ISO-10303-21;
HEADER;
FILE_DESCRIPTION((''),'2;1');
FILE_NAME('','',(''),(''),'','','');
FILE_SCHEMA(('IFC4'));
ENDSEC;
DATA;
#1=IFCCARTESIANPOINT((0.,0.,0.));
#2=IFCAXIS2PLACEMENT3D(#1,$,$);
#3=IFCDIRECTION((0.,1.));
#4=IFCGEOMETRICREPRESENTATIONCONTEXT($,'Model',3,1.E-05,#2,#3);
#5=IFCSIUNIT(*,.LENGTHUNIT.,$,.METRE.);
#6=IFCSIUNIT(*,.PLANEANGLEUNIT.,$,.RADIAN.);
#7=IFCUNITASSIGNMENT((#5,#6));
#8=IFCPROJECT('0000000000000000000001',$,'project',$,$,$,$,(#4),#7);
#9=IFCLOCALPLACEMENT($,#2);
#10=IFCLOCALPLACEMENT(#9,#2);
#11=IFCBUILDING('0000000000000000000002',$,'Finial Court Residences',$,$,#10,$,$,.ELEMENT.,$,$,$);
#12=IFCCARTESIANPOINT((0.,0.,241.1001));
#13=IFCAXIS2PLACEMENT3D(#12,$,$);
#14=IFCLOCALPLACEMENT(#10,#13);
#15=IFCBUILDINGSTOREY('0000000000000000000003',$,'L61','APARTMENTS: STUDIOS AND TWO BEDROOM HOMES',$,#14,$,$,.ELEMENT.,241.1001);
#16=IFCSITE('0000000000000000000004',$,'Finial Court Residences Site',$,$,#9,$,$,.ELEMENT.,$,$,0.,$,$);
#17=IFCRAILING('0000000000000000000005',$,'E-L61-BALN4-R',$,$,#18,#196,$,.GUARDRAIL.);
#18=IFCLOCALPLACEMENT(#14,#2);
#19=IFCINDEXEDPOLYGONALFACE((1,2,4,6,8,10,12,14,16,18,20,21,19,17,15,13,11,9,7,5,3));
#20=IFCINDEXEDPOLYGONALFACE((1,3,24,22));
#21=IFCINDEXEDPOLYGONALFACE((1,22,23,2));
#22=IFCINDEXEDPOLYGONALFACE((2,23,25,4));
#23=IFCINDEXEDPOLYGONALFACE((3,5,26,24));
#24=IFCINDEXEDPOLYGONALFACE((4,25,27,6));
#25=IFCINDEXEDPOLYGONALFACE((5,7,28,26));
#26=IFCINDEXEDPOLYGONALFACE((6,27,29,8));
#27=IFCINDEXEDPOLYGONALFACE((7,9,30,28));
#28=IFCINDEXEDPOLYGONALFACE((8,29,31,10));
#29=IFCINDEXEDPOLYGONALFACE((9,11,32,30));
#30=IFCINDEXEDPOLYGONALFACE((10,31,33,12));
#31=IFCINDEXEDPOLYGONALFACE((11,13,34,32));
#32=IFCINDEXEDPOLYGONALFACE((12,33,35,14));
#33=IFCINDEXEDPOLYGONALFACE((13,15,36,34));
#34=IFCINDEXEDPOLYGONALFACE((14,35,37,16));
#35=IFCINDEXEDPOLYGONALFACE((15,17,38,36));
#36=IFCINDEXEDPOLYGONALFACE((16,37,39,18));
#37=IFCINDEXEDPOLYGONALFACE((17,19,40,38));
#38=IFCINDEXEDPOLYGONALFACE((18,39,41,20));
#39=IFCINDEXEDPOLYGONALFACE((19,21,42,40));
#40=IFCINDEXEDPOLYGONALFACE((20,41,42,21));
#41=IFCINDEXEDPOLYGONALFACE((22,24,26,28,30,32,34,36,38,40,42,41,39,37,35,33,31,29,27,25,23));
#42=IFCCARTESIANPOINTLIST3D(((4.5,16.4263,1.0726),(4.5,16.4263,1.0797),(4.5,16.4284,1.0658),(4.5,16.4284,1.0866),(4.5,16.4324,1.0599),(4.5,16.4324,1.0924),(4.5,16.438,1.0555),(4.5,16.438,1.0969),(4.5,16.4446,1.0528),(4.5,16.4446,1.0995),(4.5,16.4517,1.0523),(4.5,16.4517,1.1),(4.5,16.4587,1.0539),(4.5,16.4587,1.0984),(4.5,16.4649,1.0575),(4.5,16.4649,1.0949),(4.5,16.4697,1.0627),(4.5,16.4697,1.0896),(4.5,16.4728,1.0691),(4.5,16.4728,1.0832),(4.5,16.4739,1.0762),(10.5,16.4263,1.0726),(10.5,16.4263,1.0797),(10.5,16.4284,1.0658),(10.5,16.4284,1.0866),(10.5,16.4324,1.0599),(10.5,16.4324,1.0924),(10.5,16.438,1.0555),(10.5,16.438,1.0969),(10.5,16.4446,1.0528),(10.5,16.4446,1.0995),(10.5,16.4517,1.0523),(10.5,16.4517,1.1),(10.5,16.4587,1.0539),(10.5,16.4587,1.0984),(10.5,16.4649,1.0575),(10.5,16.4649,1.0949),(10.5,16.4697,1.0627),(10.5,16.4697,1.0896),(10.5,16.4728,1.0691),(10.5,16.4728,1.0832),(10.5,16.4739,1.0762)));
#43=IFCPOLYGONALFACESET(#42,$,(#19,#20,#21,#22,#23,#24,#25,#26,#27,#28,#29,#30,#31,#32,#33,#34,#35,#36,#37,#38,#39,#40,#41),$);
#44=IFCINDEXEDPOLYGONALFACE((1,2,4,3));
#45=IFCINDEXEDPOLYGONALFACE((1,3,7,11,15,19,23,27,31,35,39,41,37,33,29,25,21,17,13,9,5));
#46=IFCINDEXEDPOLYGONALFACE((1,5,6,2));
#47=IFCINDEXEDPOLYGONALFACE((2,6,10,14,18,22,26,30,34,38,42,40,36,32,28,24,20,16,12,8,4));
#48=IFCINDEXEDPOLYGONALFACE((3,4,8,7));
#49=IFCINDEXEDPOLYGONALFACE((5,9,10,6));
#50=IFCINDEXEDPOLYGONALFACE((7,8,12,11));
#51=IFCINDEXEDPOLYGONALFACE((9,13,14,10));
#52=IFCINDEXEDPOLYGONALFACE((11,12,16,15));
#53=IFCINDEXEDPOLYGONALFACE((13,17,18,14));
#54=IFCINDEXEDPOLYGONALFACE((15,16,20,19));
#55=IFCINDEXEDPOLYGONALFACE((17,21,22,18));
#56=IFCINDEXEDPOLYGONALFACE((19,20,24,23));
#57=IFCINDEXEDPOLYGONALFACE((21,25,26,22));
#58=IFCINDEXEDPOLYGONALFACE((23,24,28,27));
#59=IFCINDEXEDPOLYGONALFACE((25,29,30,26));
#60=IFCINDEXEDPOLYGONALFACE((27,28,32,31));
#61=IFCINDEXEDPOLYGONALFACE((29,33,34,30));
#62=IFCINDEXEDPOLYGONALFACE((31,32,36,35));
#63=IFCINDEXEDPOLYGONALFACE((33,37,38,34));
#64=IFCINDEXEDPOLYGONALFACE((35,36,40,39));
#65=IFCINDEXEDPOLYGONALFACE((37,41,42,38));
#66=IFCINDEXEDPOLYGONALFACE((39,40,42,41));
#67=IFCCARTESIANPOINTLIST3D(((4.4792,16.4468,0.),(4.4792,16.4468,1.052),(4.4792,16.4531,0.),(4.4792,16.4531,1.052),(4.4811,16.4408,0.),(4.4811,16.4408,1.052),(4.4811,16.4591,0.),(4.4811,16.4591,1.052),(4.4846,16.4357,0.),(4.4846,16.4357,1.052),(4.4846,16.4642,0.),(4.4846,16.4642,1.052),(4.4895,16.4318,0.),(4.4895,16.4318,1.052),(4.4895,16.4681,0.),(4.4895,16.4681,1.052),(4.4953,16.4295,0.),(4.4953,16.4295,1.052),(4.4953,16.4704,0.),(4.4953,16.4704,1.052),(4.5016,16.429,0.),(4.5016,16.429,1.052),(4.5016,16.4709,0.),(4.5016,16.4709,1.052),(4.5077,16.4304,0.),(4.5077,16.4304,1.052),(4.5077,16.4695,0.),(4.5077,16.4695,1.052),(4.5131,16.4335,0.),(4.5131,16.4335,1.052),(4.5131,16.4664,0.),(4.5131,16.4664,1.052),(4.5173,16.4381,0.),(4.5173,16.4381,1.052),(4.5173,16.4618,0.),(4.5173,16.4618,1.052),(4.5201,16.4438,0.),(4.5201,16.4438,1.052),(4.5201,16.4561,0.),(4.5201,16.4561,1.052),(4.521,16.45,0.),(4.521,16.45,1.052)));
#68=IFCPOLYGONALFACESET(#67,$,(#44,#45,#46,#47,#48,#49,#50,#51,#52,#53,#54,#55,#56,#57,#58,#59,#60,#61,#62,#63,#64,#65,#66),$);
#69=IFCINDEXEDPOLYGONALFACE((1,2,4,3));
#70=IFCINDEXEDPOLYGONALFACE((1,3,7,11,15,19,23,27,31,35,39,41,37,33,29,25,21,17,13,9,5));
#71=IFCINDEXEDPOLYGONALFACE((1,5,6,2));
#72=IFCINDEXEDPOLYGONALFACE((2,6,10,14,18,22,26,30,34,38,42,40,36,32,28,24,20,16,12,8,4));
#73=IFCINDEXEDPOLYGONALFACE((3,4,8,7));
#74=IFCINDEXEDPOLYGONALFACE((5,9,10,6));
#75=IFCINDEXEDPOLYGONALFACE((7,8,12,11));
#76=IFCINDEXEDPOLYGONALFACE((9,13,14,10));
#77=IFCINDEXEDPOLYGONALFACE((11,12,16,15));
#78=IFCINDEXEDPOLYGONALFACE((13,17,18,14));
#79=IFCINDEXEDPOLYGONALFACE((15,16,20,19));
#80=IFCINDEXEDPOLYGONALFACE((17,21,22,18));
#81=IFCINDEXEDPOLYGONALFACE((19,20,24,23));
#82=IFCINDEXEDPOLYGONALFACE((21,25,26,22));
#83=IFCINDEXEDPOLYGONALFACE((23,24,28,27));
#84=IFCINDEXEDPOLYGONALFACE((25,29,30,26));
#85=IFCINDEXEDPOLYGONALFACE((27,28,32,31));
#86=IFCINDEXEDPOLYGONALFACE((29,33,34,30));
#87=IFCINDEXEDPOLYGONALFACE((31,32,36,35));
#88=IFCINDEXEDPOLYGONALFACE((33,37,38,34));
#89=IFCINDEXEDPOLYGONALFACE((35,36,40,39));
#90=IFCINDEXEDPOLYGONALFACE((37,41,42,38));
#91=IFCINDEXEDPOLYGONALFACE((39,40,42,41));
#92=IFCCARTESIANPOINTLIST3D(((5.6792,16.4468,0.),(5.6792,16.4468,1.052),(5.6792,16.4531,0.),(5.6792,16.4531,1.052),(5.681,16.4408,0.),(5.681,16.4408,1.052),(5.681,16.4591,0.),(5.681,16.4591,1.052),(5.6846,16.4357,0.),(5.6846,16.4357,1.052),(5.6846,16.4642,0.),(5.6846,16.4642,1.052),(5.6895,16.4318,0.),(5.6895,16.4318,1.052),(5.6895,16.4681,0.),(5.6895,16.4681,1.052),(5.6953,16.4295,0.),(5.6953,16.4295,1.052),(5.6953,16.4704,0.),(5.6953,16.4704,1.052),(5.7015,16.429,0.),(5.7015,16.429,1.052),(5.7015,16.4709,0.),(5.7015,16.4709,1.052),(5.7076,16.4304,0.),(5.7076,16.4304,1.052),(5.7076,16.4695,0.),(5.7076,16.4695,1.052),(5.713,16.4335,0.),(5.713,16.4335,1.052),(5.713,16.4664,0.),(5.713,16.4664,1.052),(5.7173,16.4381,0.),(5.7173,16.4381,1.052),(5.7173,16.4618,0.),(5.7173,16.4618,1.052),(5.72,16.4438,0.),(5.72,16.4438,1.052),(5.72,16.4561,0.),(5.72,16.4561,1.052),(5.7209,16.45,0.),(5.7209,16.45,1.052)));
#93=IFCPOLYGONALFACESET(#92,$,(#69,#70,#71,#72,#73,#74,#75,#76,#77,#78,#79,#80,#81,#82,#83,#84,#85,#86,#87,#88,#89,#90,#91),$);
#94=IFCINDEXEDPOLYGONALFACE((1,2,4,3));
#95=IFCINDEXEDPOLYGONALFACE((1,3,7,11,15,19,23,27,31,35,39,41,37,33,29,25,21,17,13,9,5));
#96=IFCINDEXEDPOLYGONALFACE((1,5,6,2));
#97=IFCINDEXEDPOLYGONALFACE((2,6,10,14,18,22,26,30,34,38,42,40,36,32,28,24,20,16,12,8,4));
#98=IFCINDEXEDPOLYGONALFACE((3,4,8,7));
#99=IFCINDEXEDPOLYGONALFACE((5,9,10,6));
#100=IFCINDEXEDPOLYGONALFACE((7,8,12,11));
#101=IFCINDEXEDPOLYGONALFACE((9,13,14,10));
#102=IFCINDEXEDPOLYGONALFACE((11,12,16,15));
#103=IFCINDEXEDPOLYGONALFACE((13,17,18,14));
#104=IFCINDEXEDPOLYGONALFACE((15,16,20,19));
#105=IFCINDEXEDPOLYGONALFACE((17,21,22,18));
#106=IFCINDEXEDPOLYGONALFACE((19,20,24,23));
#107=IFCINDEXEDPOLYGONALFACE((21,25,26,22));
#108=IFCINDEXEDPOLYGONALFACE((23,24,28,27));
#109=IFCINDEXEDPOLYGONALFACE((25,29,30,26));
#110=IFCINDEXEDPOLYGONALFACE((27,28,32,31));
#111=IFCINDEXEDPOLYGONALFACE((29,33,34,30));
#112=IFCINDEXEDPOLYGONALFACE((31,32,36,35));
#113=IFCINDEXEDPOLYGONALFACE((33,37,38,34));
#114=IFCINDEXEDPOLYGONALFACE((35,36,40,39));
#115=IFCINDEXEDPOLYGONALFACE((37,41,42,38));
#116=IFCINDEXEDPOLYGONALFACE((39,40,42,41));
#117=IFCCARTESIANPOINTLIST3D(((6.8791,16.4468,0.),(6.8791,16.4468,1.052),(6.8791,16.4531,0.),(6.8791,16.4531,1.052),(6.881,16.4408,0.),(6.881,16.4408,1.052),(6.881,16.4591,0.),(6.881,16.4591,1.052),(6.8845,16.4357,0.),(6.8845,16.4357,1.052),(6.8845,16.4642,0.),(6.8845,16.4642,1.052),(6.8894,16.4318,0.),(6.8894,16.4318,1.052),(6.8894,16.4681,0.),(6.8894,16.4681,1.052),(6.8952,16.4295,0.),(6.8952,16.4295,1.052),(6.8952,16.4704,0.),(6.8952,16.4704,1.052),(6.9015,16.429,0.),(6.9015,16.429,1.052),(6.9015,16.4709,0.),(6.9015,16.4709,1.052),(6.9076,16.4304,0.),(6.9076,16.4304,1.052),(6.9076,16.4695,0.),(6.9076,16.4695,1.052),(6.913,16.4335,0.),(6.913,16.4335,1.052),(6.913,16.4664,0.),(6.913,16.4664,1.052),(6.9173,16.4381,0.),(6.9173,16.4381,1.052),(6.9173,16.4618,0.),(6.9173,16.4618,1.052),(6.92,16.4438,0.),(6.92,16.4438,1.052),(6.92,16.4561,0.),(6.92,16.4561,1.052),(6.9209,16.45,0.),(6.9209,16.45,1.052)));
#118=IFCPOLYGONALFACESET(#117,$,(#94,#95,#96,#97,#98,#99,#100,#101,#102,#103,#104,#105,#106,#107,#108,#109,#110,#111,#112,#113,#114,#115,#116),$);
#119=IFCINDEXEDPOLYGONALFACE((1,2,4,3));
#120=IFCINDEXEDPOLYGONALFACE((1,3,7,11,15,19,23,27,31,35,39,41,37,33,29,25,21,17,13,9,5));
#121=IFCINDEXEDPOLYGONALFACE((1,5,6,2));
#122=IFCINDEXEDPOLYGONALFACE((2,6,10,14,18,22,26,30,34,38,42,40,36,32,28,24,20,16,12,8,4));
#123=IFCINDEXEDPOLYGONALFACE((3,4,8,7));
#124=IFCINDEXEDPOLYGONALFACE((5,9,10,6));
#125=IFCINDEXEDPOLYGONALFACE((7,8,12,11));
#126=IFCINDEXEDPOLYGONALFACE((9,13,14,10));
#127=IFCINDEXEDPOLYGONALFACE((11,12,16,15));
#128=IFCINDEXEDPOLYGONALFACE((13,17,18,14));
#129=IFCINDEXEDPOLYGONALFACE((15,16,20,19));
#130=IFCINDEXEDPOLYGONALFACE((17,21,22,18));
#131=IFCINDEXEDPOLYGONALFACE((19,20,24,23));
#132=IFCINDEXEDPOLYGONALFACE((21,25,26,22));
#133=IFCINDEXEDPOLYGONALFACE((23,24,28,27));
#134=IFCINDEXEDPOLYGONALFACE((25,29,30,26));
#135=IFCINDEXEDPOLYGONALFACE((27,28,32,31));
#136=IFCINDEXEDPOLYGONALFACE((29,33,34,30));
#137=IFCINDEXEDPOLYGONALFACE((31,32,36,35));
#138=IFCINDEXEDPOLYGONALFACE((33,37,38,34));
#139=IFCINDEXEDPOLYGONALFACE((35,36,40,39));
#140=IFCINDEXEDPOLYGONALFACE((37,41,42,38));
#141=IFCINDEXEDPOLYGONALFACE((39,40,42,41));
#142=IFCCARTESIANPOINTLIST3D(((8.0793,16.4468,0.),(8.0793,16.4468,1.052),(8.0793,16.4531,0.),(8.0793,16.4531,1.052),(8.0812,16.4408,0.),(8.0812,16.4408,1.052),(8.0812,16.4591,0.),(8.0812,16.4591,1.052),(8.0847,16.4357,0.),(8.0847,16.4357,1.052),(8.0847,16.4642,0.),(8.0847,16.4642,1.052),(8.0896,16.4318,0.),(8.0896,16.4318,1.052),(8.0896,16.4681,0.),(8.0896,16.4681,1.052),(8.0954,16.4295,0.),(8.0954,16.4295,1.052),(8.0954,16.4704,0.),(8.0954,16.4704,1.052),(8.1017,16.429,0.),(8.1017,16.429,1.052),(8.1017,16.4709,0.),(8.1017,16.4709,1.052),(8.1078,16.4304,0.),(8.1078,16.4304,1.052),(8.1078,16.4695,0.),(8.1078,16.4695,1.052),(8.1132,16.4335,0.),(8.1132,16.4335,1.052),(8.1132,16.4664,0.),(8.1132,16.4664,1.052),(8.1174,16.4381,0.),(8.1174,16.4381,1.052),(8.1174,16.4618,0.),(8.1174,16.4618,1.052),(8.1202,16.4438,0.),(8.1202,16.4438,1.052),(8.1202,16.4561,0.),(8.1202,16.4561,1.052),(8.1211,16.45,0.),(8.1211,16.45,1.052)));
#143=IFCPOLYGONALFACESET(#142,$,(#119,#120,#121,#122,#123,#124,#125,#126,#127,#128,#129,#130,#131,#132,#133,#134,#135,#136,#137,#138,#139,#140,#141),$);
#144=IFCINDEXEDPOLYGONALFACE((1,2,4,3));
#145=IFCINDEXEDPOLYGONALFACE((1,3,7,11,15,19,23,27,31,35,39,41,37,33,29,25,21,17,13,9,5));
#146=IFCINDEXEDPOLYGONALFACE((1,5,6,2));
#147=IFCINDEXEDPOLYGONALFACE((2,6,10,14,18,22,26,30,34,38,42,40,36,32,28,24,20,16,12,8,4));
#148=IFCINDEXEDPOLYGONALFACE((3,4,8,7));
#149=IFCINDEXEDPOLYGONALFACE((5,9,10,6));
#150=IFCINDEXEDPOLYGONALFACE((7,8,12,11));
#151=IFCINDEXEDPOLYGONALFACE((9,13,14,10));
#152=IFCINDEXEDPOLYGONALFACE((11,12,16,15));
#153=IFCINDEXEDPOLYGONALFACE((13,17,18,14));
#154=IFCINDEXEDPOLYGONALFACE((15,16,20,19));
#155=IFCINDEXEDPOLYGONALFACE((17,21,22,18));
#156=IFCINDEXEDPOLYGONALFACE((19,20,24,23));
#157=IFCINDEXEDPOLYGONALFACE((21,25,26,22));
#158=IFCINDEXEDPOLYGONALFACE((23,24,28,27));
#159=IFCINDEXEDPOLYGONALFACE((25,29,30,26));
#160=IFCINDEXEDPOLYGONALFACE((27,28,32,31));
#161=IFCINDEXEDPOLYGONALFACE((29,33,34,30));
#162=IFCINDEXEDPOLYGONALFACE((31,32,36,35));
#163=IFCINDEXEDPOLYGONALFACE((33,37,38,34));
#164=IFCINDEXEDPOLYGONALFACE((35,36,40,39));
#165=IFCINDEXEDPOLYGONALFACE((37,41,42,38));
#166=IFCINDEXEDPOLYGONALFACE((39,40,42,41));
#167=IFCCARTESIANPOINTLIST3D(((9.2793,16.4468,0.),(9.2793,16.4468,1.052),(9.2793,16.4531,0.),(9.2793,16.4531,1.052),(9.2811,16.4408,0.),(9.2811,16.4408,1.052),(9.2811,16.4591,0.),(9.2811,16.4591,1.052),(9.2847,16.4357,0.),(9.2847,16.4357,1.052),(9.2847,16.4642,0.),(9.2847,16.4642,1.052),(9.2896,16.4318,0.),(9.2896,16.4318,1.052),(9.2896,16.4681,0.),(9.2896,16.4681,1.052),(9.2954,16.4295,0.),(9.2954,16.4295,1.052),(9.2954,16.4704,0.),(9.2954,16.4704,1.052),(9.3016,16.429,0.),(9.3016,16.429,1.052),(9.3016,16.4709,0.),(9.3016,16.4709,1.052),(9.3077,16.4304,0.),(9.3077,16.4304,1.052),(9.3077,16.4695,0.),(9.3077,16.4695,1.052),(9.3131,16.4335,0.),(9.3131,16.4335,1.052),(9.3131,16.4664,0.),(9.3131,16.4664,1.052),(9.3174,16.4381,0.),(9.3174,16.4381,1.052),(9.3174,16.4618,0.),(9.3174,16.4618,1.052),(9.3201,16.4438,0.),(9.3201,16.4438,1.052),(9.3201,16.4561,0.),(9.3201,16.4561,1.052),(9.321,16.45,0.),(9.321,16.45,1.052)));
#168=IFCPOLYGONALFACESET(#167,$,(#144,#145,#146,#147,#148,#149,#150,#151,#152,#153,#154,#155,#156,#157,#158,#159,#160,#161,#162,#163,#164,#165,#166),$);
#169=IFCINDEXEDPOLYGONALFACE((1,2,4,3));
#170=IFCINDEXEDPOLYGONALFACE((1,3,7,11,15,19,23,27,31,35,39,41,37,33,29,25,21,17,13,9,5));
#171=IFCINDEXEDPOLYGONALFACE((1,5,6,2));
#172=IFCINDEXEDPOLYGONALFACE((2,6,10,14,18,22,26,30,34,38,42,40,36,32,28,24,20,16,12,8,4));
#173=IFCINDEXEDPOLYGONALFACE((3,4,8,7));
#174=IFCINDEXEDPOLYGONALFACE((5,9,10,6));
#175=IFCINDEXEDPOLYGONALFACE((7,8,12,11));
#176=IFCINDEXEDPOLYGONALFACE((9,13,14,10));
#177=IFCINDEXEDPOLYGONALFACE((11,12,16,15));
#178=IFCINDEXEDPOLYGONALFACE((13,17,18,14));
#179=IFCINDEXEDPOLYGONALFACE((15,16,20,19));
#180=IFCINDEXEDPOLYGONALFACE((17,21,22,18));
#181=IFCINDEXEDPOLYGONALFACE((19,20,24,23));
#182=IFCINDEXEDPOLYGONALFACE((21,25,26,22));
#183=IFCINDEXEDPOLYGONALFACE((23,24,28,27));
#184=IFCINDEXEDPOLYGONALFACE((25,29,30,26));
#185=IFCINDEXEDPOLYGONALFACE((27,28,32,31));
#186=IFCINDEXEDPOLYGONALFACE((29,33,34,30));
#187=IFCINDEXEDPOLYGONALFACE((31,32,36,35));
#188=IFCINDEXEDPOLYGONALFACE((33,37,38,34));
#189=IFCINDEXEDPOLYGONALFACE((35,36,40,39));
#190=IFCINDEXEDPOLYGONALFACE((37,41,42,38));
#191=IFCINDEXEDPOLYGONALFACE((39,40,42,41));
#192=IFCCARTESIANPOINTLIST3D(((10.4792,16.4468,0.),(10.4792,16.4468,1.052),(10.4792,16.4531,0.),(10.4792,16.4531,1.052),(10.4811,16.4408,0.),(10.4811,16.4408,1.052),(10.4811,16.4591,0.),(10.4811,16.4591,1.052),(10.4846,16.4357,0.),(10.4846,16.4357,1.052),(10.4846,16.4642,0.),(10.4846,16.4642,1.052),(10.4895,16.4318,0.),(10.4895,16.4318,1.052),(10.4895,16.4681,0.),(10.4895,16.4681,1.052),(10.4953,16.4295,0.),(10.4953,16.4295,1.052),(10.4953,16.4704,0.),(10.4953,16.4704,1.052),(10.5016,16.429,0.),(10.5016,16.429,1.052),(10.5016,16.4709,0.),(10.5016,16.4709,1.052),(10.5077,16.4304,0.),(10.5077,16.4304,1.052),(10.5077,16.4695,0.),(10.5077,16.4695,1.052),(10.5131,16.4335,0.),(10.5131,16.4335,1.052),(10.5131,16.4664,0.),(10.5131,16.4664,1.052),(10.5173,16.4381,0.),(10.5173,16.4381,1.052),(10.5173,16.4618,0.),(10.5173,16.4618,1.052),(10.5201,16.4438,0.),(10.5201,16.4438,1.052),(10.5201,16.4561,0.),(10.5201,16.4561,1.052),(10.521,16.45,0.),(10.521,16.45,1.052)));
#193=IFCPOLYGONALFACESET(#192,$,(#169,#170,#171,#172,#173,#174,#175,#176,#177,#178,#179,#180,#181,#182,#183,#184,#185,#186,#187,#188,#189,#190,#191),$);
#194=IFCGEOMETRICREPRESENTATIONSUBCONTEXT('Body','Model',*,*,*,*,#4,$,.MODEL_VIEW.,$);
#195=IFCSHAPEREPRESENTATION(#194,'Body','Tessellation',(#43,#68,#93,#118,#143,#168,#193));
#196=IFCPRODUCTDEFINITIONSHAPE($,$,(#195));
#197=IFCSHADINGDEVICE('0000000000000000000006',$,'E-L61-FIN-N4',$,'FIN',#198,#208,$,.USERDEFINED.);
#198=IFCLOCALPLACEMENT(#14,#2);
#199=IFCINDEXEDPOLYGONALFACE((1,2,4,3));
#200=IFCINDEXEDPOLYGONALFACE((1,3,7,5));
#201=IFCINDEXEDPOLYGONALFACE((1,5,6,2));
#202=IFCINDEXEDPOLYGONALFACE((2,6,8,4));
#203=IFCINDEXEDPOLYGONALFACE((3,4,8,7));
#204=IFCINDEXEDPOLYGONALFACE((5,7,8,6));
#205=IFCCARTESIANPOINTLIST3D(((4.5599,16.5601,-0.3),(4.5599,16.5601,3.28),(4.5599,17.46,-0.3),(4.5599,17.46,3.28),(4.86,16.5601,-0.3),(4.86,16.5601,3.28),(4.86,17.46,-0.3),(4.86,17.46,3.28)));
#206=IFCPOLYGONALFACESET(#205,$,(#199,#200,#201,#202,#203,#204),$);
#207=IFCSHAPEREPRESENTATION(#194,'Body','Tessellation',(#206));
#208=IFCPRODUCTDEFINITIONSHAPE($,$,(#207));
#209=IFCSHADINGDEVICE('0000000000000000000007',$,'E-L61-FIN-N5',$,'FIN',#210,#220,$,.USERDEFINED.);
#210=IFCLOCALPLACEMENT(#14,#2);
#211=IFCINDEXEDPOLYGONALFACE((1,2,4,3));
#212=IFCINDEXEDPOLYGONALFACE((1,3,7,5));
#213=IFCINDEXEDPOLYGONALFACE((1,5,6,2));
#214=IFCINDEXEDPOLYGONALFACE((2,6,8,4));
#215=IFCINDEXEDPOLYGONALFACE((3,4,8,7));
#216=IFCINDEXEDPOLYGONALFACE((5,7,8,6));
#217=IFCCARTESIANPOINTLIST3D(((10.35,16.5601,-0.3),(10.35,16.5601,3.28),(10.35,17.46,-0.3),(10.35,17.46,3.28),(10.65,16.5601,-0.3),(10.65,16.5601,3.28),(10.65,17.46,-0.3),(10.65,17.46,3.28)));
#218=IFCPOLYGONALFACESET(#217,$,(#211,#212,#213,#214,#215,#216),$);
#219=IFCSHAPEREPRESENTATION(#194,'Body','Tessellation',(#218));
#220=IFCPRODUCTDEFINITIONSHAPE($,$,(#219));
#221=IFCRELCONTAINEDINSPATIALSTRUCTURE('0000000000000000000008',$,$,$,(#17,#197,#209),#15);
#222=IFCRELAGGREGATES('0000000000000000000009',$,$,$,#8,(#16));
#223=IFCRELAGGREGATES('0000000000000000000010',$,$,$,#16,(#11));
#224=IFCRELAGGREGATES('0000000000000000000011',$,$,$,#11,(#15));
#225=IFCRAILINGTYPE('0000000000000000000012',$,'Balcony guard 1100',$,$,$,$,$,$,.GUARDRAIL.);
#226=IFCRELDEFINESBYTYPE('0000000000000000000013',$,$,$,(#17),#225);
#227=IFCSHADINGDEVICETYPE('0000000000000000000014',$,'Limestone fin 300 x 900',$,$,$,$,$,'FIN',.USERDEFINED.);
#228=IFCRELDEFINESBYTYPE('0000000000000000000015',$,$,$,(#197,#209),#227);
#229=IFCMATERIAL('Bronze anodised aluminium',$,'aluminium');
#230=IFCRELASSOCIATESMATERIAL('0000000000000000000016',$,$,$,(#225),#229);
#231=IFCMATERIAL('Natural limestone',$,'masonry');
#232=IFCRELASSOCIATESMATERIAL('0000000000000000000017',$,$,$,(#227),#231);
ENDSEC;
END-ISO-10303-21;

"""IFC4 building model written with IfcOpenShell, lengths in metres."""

from ifc_helpers import new_model, si_unit, direction, frame, origin, origin_2d, place, context, subcontext, project, spatial, rectangle, circle, extrude, material, type_object, element, save


model = new_model("IFC4")

# Units and contexts
model_context = context("Model", 3, precision=1e-05, world=origin(), true_north=direction((0.0, 1.0)))
body_context = subcontext(model_context, "Body", "Model", "MODEL_VIEW")
ifc_project = project(units=[si_unit("LENGTHUNIT", "METRE"), si_unit("PLANEANGLEUNIT", "RADIAN")], contexts=[model_context])

# Site, building, storey
site_placement = place(None, origin())
site = spatial("IfcSite", under=ifc_project, at=site_placement, Name="Finial Court Residences Site", CompositionType="ELEMENT", RefElevation=0.0)
building_placement = place(site_placement, origin())
building = spatial("IfcBuilding", under=site, at=building_placement, Name="Finial Court Residences", CompositionType="ELEMENT")
storey_placement = place(building_placement, frame((0.0, 0.0, 241.1001)))
storey = spatial("IfcBuildingStorey", under=building, at=storey_placement, Name="L61", Description="APARTMENTS: STUDIOS AND TWO BEDROOM HOMES", CompositionType="ELEMENT", Elevation=241.1001)

# Shared definitions
ifc_material_1 = material(Name="Bronze anodised aluminium", Category="aluminium")

# Shared definitions
ifc_material_2 = material(Name="Natural limestone", Category="masonry")

# Railing
railing_type = type_object("IfcRailingType", Name="Balcony guard 1100", PredefinedType="GUARDRAIL", material=ifc_material_1)
railing_placement = place(storey_placement, frame((4.5, 16.45, 0.0)))
element("IfcRailing", 1, at=railing_placement, inside=storey, type_object=railing_type, Name="E-L61-BALN4-R", PredefinedType="GUARDRAIL", context=body_context, shape_type="SweptSolid", body=[
    extrude(circle(Radius=0.0239, at=origin_2d()), frame((0.0, 0.0, 1.0762), z_axis=(1.0, 0.0, 0.0), x_axis=(0.0, 1.0, 0.0)), (0.0, 0.0, 1.0), 6.0),
    extrude(circle(Radius=0.021, at=origin_2d()), origin(), (0.0, 0.0, 1.0), 1.052),
    extrude(circle(Radius=0.021, at=origin_2d()), frame((1.2, 0.0, 0.0)), (0.0, 0.0, 1.0), 1.052),
    extrude(circle(Radius=0.021, at=origin_2d()), frame((2.3999, 0.0, 0.0)), (0.0, 0.0, 1.0), 1.052),
    extrude(circle(Radius=0.021, at=origin_2d()), frame((3.6001, 0.0, 0.0)), (0.0, 0.0, 1.0), 1.052),
    extrude(circle(Radius=0.021, at=origin_2d()), frame((4.8, 0.0, 0.0)), (0.0, 0.0, 1.0), 1.052),
    extrude(circle(Radius=0.021, at=origin_2d()), frame((6.0, 0.0, 0.0)), (0.0, 0.0, 1.0), 1.052),
])

# Shading devices
shading_device_type = type_object("IfcShadingDeviceType", Name="Limestone fin 300 x 900", ElementType="FIN", PredefinedType="USERDEFINED", material=ifc_material_2)
for number, where, z_axis, x_axis, name in (
    (2, (4.71, 17.01, -0.3), (0.0, 0.0, 1.0), (1.0, 0.0, 0.0), "E-L61-FIN-N4"),
    (3, (10.5, 17.01, -0.3), (0.0, 0.0, 1.0), (1.0, 0.0, 0.0), "E-L61-FIN-N5"),
):
    element("IfcShadingDevice", number, at=place(storey_placement, frame(where, z_axis=z_axis, x_axis=x_axis)), inside=storey, type_object=shading_device_type, Name=name, ObjectType="FIN", PredefinedType="USERDEFINED", context=body_context, shape_type="SweptSolid", body=[
        extrude(rectangle(XDim=0.3, YDim=0.8999, at=origin_2d()), origin(), (0.0, 0.0, 1.0), 3.5801),
    ])

save(model, "model.ifc")
